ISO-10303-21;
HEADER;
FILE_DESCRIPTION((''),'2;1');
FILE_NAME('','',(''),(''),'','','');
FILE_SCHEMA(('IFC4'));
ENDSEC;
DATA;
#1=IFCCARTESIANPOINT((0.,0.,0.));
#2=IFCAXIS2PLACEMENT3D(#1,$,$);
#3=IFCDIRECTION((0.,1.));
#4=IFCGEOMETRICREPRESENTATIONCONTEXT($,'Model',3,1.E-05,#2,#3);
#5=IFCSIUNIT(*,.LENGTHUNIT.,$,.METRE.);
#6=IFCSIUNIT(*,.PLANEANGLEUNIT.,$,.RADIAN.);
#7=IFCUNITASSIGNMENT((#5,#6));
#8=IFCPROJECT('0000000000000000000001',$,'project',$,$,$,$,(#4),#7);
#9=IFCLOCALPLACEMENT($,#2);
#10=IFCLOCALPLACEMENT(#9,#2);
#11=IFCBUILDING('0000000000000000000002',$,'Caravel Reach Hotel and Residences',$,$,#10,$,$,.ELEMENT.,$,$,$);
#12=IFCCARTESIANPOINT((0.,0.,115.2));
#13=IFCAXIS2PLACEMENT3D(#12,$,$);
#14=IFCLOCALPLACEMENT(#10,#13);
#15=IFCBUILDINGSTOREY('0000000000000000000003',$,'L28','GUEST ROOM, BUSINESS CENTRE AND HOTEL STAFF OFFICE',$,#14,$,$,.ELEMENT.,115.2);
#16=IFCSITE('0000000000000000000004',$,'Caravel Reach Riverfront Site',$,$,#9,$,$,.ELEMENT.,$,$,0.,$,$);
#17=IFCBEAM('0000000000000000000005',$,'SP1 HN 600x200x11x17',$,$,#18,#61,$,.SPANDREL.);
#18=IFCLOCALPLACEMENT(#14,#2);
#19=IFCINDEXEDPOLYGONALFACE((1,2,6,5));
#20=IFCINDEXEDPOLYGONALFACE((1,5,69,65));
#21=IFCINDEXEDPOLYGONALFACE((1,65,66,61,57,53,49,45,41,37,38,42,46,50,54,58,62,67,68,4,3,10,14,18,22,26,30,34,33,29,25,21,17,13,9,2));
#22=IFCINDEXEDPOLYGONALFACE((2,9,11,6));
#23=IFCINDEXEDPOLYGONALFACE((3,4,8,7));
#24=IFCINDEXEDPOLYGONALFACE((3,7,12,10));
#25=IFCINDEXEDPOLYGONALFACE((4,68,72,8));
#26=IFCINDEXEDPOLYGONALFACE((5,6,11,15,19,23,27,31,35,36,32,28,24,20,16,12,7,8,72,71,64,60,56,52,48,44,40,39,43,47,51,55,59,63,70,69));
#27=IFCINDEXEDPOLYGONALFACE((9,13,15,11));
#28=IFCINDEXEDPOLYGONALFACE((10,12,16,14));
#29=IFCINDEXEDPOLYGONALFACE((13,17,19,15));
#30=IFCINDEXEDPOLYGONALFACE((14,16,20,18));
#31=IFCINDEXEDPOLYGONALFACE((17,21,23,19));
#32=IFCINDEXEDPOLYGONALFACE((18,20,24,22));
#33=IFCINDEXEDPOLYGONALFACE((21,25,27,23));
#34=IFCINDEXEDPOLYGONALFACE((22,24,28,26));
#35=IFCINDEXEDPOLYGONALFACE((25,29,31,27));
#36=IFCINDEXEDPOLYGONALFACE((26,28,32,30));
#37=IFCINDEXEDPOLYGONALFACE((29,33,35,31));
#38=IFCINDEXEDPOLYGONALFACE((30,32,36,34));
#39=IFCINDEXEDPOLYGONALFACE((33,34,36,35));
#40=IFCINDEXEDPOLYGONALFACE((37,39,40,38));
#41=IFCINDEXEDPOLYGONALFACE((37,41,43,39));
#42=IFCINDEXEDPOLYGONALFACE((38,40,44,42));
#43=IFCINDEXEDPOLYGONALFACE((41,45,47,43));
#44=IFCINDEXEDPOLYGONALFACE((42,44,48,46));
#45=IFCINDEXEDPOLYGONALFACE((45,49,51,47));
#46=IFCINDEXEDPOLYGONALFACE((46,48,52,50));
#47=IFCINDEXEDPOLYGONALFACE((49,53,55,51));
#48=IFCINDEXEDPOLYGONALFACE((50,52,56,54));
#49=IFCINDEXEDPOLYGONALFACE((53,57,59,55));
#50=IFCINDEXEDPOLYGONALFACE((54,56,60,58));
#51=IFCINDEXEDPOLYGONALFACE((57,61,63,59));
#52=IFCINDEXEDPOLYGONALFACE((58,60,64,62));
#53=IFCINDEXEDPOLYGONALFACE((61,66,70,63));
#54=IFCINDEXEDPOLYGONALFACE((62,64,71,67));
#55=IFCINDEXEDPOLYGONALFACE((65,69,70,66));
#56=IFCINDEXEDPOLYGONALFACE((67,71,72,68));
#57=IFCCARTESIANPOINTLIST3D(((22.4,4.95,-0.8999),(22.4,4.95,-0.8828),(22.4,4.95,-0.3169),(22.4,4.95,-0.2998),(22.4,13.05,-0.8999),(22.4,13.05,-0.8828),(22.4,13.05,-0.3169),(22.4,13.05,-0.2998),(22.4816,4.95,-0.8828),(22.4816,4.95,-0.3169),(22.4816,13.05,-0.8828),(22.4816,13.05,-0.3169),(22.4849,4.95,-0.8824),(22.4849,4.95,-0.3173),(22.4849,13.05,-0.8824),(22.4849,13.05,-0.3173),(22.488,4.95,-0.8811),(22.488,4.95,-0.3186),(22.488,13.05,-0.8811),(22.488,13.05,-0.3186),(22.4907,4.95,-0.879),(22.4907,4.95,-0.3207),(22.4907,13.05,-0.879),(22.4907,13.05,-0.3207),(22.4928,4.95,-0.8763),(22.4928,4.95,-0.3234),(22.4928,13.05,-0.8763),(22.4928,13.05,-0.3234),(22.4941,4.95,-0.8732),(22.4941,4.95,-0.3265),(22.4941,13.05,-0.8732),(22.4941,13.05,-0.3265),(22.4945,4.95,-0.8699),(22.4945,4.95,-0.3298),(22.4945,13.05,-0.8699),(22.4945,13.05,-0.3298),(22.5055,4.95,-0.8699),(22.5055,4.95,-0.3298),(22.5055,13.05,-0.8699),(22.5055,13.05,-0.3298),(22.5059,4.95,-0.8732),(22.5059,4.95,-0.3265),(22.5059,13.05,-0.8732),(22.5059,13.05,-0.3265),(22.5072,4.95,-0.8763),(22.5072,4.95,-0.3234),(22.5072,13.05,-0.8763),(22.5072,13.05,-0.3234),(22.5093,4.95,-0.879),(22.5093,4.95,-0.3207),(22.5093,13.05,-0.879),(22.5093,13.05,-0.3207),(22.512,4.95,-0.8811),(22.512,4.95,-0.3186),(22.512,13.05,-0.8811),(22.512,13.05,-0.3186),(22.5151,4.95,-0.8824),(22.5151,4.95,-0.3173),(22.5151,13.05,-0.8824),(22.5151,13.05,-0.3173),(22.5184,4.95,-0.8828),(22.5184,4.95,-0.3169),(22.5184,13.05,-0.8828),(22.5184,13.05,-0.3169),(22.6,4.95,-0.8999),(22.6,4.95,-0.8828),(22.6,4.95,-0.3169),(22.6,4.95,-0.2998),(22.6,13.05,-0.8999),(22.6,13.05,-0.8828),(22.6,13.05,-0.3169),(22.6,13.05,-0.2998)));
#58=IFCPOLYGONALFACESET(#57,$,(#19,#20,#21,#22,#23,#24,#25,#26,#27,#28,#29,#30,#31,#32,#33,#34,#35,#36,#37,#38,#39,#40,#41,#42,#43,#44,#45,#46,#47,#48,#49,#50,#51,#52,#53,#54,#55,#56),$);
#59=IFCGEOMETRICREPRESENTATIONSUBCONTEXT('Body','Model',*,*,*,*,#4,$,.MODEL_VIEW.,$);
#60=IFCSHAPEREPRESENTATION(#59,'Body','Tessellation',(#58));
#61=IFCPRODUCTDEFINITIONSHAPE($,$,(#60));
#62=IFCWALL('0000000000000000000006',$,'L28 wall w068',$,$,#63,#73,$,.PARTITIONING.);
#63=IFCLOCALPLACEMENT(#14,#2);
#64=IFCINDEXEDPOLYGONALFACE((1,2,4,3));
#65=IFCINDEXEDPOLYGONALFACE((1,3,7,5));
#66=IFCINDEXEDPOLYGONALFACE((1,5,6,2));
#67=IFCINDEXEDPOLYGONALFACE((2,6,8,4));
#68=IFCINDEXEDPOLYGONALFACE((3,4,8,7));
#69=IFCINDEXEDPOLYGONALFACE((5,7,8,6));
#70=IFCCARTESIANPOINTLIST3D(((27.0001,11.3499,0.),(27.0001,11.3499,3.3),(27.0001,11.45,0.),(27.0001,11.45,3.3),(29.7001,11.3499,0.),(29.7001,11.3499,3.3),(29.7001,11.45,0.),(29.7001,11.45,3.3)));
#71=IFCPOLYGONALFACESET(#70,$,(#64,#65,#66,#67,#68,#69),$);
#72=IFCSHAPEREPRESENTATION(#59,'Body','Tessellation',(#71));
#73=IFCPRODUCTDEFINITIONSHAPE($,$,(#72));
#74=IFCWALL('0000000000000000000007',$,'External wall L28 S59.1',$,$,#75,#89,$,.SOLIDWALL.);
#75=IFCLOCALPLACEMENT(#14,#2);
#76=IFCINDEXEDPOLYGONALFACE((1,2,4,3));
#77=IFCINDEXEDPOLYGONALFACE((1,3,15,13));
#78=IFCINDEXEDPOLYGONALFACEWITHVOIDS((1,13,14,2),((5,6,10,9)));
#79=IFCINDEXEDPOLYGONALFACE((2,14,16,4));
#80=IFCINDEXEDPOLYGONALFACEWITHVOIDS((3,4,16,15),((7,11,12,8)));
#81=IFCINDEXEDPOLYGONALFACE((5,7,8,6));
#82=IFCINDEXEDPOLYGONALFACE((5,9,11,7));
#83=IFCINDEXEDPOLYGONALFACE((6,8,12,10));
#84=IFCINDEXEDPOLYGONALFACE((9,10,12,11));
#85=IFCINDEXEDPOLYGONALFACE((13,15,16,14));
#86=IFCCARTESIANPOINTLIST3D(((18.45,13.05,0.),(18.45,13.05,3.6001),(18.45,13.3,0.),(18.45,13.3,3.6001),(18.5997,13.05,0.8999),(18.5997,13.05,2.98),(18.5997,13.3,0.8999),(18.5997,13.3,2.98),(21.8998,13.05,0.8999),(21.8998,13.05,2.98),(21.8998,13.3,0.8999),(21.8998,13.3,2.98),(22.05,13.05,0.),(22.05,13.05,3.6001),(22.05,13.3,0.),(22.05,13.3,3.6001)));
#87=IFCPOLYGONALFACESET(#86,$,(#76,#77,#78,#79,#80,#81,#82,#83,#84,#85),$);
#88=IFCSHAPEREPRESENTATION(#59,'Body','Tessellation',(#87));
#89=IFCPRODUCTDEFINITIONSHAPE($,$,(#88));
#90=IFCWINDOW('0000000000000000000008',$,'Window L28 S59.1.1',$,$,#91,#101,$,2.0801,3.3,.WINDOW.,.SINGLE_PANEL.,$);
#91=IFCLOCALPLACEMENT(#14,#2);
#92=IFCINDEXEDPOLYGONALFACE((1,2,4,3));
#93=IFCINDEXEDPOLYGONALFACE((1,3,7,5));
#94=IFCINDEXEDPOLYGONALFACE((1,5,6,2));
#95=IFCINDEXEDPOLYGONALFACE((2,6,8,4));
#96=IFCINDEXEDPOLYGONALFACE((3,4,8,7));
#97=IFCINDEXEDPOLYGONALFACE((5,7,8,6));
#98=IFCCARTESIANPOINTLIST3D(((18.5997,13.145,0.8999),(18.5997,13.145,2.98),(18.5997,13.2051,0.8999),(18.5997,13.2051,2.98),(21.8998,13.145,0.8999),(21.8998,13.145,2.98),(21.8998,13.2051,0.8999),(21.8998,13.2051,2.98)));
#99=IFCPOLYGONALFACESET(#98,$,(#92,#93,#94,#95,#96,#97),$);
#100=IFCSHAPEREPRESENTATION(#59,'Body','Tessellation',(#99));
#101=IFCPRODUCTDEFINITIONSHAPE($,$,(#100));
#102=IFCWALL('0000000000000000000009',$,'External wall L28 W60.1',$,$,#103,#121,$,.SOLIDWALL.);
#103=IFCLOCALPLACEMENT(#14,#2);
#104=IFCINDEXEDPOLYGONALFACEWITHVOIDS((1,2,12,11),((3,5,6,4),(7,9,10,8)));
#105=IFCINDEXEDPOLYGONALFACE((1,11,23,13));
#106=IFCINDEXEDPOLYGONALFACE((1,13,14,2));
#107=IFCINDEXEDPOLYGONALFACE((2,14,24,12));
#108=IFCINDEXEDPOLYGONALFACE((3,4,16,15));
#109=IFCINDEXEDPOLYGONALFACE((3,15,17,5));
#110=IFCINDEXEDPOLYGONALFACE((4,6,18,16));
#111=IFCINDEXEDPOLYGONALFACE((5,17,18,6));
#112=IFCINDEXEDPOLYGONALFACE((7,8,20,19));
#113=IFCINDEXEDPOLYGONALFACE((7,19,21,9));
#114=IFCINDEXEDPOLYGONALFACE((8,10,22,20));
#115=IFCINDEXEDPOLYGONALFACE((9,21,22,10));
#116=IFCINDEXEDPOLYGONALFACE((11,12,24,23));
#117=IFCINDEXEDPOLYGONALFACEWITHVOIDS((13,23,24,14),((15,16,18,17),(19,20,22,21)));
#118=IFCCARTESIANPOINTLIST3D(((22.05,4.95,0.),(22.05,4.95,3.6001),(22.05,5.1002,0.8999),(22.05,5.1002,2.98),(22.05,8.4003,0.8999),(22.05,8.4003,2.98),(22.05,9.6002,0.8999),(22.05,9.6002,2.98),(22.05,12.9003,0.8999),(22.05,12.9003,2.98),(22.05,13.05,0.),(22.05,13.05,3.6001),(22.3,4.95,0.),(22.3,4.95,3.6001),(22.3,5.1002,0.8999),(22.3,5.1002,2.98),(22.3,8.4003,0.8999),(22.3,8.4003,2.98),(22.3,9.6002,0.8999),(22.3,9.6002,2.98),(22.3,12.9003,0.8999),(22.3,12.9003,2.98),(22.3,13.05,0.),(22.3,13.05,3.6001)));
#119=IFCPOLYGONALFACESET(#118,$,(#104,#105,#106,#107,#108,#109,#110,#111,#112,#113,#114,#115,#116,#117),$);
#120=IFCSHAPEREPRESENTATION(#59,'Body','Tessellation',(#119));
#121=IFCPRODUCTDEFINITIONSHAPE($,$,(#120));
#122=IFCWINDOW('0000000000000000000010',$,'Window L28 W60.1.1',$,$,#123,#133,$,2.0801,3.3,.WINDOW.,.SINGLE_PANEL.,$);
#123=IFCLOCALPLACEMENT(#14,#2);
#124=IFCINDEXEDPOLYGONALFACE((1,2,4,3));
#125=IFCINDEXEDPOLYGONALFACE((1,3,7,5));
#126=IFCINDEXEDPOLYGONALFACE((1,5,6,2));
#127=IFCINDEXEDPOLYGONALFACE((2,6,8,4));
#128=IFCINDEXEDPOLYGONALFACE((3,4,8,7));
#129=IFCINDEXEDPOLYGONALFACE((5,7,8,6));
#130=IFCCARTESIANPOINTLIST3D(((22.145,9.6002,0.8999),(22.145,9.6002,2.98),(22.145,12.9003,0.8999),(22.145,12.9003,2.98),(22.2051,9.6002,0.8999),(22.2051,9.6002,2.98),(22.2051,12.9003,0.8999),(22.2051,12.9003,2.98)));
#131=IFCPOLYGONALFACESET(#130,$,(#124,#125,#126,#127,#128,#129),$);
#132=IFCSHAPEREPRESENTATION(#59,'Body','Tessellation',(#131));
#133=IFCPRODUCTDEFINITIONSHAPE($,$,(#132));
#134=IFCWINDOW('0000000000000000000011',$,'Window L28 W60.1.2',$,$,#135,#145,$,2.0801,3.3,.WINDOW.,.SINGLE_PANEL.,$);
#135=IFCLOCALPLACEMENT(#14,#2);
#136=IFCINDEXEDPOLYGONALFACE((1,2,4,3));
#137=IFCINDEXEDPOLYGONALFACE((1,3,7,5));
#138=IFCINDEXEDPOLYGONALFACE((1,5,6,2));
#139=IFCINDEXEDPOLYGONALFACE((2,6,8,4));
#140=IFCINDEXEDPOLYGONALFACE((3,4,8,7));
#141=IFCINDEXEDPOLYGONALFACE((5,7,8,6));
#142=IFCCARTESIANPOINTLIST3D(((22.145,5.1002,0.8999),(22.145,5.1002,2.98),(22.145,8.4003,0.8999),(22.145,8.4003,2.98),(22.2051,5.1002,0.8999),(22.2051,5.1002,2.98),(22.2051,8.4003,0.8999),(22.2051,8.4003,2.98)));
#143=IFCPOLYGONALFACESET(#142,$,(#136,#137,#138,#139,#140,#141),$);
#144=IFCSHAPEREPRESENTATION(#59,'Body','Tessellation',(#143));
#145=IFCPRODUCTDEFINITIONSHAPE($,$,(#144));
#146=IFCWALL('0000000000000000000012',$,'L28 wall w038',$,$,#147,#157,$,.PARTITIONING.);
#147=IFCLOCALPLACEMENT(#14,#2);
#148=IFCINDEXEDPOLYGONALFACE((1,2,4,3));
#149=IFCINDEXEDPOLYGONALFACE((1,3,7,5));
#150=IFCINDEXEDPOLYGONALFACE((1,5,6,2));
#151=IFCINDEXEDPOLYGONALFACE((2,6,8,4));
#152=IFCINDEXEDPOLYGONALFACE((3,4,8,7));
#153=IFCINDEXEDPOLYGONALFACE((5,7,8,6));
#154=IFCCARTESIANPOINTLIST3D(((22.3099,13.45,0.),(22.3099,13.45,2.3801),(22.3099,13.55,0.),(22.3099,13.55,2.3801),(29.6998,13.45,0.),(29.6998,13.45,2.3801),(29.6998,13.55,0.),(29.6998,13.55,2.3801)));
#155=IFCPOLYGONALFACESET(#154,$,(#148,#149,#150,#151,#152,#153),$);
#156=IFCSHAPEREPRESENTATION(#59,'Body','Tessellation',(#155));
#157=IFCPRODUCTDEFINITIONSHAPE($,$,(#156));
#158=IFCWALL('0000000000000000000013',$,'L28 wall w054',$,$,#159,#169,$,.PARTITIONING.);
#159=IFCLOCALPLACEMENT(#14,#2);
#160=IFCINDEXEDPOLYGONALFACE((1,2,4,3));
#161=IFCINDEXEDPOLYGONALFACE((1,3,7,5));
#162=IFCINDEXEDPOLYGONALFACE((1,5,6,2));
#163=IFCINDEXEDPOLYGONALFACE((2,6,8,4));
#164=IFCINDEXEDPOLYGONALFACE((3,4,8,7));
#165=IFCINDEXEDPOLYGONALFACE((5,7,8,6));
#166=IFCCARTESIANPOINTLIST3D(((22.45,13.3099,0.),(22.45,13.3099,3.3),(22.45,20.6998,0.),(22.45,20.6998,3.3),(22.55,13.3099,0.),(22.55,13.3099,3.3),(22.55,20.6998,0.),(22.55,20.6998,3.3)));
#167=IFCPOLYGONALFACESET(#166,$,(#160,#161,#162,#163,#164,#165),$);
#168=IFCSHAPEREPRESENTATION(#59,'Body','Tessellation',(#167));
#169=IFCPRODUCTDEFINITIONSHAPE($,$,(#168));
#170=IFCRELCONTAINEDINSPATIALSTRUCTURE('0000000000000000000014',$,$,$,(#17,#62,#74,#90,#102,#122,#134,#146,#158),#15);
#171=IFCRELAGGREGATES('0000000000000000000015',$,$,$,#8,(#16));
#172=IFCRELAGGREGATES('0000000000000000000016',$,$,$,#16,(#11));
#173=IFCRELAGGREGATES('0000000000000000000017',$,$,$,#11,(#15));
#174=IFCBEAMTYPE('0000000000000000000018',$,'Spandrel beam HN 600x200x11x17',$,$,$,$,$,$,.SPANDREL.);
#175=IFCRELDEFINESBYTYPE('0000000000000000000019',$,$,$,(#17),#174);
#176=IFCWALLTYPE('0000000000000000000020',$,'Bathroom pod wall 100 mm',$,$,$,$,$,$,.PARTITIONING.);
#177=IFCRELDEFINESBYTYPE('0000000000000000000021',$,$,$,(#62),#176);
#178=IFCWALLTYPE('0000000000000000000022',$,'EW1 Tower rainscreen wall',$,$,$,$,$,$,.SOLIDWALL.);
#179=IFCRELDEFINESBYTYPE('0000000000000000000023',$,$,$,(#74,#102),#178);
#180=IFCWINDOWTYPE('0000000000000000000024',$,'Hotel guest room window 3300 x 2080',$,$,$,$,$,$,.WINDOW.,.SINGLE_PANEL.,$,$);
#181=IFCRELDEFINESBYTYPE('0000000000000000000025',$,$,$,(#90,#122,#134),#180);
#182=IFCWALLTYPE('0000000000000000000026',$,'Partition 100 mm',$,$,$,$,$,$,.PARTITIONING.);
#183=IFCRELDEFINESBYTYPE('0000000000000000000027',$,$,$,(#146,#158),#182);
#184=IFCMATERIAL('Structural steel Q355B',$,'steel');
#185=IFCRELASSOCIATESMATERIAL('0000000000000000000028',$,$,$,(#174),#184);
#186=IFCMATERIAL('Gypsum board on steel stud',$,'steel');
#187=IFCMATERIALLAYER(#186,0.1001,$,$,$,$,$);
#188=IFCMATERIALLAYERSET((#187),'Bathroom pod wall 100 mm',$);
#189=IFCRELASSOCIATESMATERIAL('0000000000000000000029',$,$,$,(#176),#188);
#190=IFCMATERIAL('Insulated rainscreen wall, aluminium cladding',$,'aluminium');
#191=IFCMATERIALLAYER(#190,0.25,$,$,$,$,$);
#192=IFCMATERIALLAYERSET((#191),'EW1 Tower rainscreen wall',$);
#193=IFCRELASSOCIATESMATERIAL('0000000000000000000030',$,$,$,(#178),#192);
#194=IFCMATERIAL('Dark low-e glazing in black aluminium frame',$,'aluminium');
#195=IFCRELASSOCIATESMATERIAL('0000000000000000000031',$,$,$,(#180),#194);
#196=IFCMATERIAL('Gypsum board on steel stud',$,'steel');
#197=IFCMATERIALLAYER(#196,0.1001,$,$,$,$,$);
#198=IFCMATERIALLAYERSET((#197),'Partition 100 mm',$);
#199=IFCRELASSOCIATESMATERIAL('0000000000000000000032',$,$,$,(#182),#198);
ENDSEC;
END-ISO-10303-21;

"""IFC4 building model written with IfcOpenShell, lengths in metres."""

from ifc_helpers import new_model, si_unit, direction, frame, frame_2d, origin, origin_2d, place, context, subcontext, project, spatial, rectangle, i_section, extrude, material, layer, layer_set, material_profile, profile_set, type_object, element, fill, save


model = new_model("IFC4")

# Units and contexts
model_context = context("Model", 3, precision=1e-05, world=origin(), true_north=direction((0.0, 1.0)))
body_context = subcontext(model_context, "Body", "Model", "MODEL_VIEW")
ifc_project = project(units=[si_unit("LENGTHUNIT", "METRE"), si_unit("PLANEANGLEUNIT", "RADIAN")], contexts=[model_context])

# Site, building, storey
site_placement = place(None, origin())
site = spatial("IfcSite", under=ifc_project, at=site_placement, Name="Caravel Reach Riverfront Site", CompositionType="ELEMENT", RefElevation=0.0)
building_placement = place(site_placement, origin())
building = spatial("IfcBuilding", under=site, at=building_placement, Name="Caravel Reach Hotel and Residences", CompositionType="ELEMENT")
storey_placement = place(building_placement, frame((0.0, 0.0, 115.2)))
storey = spatial("IfcBuildingStorey", under=building, at=storey_placement, Name="L28", Description="GUEST ROOM, BUSINESS CENTRE AND HOTEL STAFF OFFICE", CompositionType="ELEMENT", Elevation=115.2)

# Beam
ifc_material_1 = material(Name="Structural steel Q355B", Category="steel")
ifc_material_profile_1 = material_profile(ifc_material_1, i_section(OverallWidth=0.2, OverallDepth=0.6001, WebThickness=0.011, FlangeThickness=0.0171, FilletRadius=0.0129, at=origin_2d()), Name="HN 600x200x11x17")
ifc_profile_set_1 = profile_set([ifc_material_profile_1], Name="Structural steel Q355B")
beam_type_1 = type_object("IfcBeamType", Name="Spandrel beam HN 600x200x11x17", PredefinedType="SPANDREL", material=ifc_profile_set_1)
beam_1_placement = place(storey_placement, frame((22.5, 13.05, -0.5999), z_axis=(0.0, -1.0, 0.0), x_axis=(1.0, 0.0, 0.0)))
element("IfcBeam", 1, at=beam_1_placement, inside=storey, type_object=beam_type_1, Name="SP1 HN 600x200x11x17", PredefinedType="SPANDREL", context=body_context, shape_type="SweptSolid", body=[
    extrude(i_section(OverallWidth=0.2, OverallDepth=0.6001, WebThickness=0.011, FlangeThickness=0.0171, FilletRadius=0.0129, at=origin_2d()), origin(), (0.0, 0.0, 1.0), 8.1001),
])

# Wall
ifc_material_2 = material(Name="Gypsum board on steel stud", Category="steel")
ifc_layer_1 = layer(ifc_material_2, 0.1001)
ifc_layer_set_1 = layer_set([ifc_layer_1], Name="Bathroom pod wall 100 mm")
wall_type_1 = type_object("IfcWallType", Name="Bathroom pod wall 100 mm", PredefinedType="PARTITIONING", material=ifc_layer_set_1)
wall_1_placement = place(storey_placement, frame((27.0, 11.3999, 0.0), z_axis=(0.0, 0.0, 1.0), x_axis=(1.0, 0.0, 0.0)))
element("IfcWall", 2, at=wall_1_placement, inside=storey, type_object=wall_type_1, Name="L28 wall w068", PredefinedType="PARTITIONING", context=body_context, shape_type="SweptSolid", body=[
    extrude(rectangle(XDim=2.7, YDim=0.1001, at=frame_2d((1.3501, 0.0))), origin(), (0.0, 0.0, 1.0), 3.3),
])

# Wall, opening, window
ifc_material_3 = material(Name="Insulated rainscreen wall, aluminium cladding", Category="aluminium")
ifc_layer_2 = layer(ifc_material_3, 0.25)
ifc_layer_set_2 = layer_set([ifc_layer_2], Name="EW1 Tower rainscreen wall")
wall_type_2 = type_object("IfcWallType", Name="EW1 Tower rainscreen wall", PredefinedType="SOLIDWALL", material=ifc_layer_set_2)
wall_2_placement = place(storey_placement, frame((18.45, 13.175, 0.0), z_axis=(0.0, 0.0, 1.0), x_axis=(1.0, 0.0, 0.0)))
wall_2 = element("IfcWall", 3, at=wall_2_placement, inside=storey, type_object=wall_type_2, Name="External wall L28 S59.1", PredefinedType="SOLIDWALL", context=body_context, shape_type="SweptSolid", body=[
    extrude(rectangle(XDim=3.6001, YDim=0.25, at=frame_2d((1.8, 0.0))), origin(), (0.0, 0.0, 1.0), 3.6001),
])
opening_1_placement = place(wall_2_placement, frame((0.1499, 0.0, 0.8999)))
opening_1 = element("IfcOpeningElement", 4, at=opening_1_placement, cuts=wall_2, PredefinedType="OPENING", context=body_context, shape_type="SweptSolid", body=[
    extrude(rectangle(XDim=3.3, YDim=2.0801, at=frame_2d((1.6499, 1.04))), frame((0.0, 0.135, 0.0), z_axis=(0.0, -1.0, 0.0), x_axis=(1.0, 0.0, 0.0)), (0.0, 0.0, 1.0), 0.27),
])
ifc_material_4 = material(Name="Dark low-e glazing in black aluminium frame", Category="aluminium")
window_type = type_object("IfcWindowType", Name="Hotel guest room window 3300 x 2080", PartitioningType="SINGLE_PANEL", PredefinedType="WINDOW", material=ifc_material_4)
window_1_placement = place(opening_1_placement, origin())
window_1 = element("IfcWindow", 5, at=window_1_placement, inside=storey, type_object=window_type, Name="Window L28 S59.1.1", OverallHeight=2.0801, OverallWidth=3.3, PartitioningType="SINGLE_PANEL", PredefinedType="WINDOW", context=body_context, shape_type="SweptSolid", body=[
    extrude(rectangle(XDim=3.3, YDim=2.0801, at=frame_2d((1.6499, 1.04))), frame((0.0, 0.03, 0.0), z_axis=(0.0, -1.0, 0.0), x_axis=(1.0, 0.0, 0.0)), (0.0, 0.0, 1.0), 0.0601),
])
fill(opening_1, window_1)

# Wall, openings, windows
wall_3_placement = place(storey_placement, frame((22.175, 13.05, 0.0), z_axis=(0.0, 0.0, 1.0), x_axis=(0.0, -1.0, 0.0)))
wall_3 = element("IfcWall", 6, at=wall_3_placement, inside=storey, type_object=wall_type_2, Name="External wall L28 W60.1", PredefinedType="SOLIDWALL", context=body_context, shape_type="SweptSolid", body=[
    extrude(rectangle(XDim=8.1001, YDim=0.25, at=frame_2d((4.05, 0.0))), origin(), (0.0, 0.0, 1.0), 3.6001),
])
opening_2_placement = place(wall_3_placement, frame((0.1499, 0.0, 0.8999)))
opening_2 = element("IfcOpeningElement", 7, at=opening_2_placement, cuts=wall_3, PredefinedType="OPENING", context=body_context, shape_type="SweptSolid", body=[
    extrude(rectangle(XDim=3.3, YDim=2.0801, at=frame_2d((1.6499, 1.04))), frame((0.0, 0.135, 0.0), z_axis=(0.0, -1.0, 0.0), x_axis=(1.0, 0.0, 0.0)), (0.0, 0.0, 1.0), 0.27),
])
opening_3_placement = place(wall_3_placement, frame((4.6499, 0.0, 0.8999)))
opening_3 = element("IfcOpeningElement", 8, at=opening_3_placement, cuts=wall_3, PredefinedType="OPENING", context=body_context, shape_type="SweptSolid", body=[
    extrude(rectangle(XDim=3.3, YDim=2.0801, at=frame_2d((1.6499, 1.04))), frame((0.0, 0.135, 0.0), z_axis=(0.0, -1.0, 0.0), x_axis=(1.0, 0.0, 0.0)), (0.0, 0.0, 1.0), 0.27),
])
window_2_placement = place(opening_2_placement, origin())
window_2 = element("IfcWindow", 9, at=window_2_placement, inside=storey, type_object=window_type, Name="Window L28 W60.1.1", OverallHeight=2.0801, OverallWidth=3.3, PartitioningType="SINGLE_PANEL", PredefinedType="WINDOW", context=body_context, shape_type="SweptSolid", body=[
    extrude(rectangle(XDim=3.3, YDim=2.0801, at=frame_2d((1.6499, 1.04))), frame((0.0, 0.03, 0.0), z_axis=(0.0, -1.0, 0.0), x_axis=(1.0, 0.0, 0.0)), (0.0, 0.0, 1.0), 0.0601),
])
fill(opening_2, window_2)
window_3_placement = place(opening_3_placement, origin())
window_3 = element("IfcWindow", 10, at=window_3_placement, inside=storey, type_object=window_type, Name="Window L28 W60.1.2", OverallHeight=2.0801, OverallWidth=3.3, PartitioningType="SINGLE_PANEL", PredefinedType="WINDOW", context=body_context, shape_type="SweptSolid", body=[
    extrude(rectangle(XDim=3.3, YDim=2.0801, at=frame_2d((1.6499, 1.04))), frame((0.0, 0.03, 0.0), z_axis=(0.0, -1.0, 0.0), x_axis=(1.0, 0.0, 0.0)), (0.0, 0.0, 1.0), 0.0601),
])
fill(opening_3, window_3)

# Walls
ifc_material_5 = material(Name="Gypsum board on steel stud", Category="steel")
ifc_layer_3 = layer(ifc_material_5, 0.1001)
ifc_layer_set_3 = layer_set([ifc_layer_3], Name="Partition 100 mm")
wall_type_3 = type_object("IfcWallType", Name="Partition 100 mm", PredefinedType="PARTITIONING", material=ifc_layer_set_3)
wall_4_placement = place(storey_placement, frame((22.3101, 13.5, 0.0), z_axis=(0.0, 0.0, 1.0), x_axis=(1.0, 0.0, 0.0)))
element("IfcWall", 11, at=wall_4_placement, inside=storey, type_object=wall_type_3, Name="L28 wall w038", PredefinedType="PARTITIONING", context=body_context, shape_type="SweptSolid", body=[
    extrude(rectangle(XDim=7.3899, YDim=0.1001, at=frame_2d((3.6948, 0.0))), origin(), (0.0, 0.0, 1.0), 2.3801),
])
wall_5_placement = place(storey_placement, frame((22.5, 13.3101, 0.0), z_axis=(0.0, 0.0, 1.0), x_axis=(0.0, 1.0, 0.0)))
element("IfcWall", 12, at=wall_5_placement, inside=storey, type_object=wall_type_3, Name="L28 wall w054", PredefinedType="PARTITIONING", context=body_context, shape_type="SweptSolid", body=[
    extrude(rectangle(XDim=7.3899, YDim=0.1001, at=frame_2d((3.6948, 0.0))), origin(), (0.0, 0.0, 1.0), 3.3),
])

save(model, "model.ifc")
